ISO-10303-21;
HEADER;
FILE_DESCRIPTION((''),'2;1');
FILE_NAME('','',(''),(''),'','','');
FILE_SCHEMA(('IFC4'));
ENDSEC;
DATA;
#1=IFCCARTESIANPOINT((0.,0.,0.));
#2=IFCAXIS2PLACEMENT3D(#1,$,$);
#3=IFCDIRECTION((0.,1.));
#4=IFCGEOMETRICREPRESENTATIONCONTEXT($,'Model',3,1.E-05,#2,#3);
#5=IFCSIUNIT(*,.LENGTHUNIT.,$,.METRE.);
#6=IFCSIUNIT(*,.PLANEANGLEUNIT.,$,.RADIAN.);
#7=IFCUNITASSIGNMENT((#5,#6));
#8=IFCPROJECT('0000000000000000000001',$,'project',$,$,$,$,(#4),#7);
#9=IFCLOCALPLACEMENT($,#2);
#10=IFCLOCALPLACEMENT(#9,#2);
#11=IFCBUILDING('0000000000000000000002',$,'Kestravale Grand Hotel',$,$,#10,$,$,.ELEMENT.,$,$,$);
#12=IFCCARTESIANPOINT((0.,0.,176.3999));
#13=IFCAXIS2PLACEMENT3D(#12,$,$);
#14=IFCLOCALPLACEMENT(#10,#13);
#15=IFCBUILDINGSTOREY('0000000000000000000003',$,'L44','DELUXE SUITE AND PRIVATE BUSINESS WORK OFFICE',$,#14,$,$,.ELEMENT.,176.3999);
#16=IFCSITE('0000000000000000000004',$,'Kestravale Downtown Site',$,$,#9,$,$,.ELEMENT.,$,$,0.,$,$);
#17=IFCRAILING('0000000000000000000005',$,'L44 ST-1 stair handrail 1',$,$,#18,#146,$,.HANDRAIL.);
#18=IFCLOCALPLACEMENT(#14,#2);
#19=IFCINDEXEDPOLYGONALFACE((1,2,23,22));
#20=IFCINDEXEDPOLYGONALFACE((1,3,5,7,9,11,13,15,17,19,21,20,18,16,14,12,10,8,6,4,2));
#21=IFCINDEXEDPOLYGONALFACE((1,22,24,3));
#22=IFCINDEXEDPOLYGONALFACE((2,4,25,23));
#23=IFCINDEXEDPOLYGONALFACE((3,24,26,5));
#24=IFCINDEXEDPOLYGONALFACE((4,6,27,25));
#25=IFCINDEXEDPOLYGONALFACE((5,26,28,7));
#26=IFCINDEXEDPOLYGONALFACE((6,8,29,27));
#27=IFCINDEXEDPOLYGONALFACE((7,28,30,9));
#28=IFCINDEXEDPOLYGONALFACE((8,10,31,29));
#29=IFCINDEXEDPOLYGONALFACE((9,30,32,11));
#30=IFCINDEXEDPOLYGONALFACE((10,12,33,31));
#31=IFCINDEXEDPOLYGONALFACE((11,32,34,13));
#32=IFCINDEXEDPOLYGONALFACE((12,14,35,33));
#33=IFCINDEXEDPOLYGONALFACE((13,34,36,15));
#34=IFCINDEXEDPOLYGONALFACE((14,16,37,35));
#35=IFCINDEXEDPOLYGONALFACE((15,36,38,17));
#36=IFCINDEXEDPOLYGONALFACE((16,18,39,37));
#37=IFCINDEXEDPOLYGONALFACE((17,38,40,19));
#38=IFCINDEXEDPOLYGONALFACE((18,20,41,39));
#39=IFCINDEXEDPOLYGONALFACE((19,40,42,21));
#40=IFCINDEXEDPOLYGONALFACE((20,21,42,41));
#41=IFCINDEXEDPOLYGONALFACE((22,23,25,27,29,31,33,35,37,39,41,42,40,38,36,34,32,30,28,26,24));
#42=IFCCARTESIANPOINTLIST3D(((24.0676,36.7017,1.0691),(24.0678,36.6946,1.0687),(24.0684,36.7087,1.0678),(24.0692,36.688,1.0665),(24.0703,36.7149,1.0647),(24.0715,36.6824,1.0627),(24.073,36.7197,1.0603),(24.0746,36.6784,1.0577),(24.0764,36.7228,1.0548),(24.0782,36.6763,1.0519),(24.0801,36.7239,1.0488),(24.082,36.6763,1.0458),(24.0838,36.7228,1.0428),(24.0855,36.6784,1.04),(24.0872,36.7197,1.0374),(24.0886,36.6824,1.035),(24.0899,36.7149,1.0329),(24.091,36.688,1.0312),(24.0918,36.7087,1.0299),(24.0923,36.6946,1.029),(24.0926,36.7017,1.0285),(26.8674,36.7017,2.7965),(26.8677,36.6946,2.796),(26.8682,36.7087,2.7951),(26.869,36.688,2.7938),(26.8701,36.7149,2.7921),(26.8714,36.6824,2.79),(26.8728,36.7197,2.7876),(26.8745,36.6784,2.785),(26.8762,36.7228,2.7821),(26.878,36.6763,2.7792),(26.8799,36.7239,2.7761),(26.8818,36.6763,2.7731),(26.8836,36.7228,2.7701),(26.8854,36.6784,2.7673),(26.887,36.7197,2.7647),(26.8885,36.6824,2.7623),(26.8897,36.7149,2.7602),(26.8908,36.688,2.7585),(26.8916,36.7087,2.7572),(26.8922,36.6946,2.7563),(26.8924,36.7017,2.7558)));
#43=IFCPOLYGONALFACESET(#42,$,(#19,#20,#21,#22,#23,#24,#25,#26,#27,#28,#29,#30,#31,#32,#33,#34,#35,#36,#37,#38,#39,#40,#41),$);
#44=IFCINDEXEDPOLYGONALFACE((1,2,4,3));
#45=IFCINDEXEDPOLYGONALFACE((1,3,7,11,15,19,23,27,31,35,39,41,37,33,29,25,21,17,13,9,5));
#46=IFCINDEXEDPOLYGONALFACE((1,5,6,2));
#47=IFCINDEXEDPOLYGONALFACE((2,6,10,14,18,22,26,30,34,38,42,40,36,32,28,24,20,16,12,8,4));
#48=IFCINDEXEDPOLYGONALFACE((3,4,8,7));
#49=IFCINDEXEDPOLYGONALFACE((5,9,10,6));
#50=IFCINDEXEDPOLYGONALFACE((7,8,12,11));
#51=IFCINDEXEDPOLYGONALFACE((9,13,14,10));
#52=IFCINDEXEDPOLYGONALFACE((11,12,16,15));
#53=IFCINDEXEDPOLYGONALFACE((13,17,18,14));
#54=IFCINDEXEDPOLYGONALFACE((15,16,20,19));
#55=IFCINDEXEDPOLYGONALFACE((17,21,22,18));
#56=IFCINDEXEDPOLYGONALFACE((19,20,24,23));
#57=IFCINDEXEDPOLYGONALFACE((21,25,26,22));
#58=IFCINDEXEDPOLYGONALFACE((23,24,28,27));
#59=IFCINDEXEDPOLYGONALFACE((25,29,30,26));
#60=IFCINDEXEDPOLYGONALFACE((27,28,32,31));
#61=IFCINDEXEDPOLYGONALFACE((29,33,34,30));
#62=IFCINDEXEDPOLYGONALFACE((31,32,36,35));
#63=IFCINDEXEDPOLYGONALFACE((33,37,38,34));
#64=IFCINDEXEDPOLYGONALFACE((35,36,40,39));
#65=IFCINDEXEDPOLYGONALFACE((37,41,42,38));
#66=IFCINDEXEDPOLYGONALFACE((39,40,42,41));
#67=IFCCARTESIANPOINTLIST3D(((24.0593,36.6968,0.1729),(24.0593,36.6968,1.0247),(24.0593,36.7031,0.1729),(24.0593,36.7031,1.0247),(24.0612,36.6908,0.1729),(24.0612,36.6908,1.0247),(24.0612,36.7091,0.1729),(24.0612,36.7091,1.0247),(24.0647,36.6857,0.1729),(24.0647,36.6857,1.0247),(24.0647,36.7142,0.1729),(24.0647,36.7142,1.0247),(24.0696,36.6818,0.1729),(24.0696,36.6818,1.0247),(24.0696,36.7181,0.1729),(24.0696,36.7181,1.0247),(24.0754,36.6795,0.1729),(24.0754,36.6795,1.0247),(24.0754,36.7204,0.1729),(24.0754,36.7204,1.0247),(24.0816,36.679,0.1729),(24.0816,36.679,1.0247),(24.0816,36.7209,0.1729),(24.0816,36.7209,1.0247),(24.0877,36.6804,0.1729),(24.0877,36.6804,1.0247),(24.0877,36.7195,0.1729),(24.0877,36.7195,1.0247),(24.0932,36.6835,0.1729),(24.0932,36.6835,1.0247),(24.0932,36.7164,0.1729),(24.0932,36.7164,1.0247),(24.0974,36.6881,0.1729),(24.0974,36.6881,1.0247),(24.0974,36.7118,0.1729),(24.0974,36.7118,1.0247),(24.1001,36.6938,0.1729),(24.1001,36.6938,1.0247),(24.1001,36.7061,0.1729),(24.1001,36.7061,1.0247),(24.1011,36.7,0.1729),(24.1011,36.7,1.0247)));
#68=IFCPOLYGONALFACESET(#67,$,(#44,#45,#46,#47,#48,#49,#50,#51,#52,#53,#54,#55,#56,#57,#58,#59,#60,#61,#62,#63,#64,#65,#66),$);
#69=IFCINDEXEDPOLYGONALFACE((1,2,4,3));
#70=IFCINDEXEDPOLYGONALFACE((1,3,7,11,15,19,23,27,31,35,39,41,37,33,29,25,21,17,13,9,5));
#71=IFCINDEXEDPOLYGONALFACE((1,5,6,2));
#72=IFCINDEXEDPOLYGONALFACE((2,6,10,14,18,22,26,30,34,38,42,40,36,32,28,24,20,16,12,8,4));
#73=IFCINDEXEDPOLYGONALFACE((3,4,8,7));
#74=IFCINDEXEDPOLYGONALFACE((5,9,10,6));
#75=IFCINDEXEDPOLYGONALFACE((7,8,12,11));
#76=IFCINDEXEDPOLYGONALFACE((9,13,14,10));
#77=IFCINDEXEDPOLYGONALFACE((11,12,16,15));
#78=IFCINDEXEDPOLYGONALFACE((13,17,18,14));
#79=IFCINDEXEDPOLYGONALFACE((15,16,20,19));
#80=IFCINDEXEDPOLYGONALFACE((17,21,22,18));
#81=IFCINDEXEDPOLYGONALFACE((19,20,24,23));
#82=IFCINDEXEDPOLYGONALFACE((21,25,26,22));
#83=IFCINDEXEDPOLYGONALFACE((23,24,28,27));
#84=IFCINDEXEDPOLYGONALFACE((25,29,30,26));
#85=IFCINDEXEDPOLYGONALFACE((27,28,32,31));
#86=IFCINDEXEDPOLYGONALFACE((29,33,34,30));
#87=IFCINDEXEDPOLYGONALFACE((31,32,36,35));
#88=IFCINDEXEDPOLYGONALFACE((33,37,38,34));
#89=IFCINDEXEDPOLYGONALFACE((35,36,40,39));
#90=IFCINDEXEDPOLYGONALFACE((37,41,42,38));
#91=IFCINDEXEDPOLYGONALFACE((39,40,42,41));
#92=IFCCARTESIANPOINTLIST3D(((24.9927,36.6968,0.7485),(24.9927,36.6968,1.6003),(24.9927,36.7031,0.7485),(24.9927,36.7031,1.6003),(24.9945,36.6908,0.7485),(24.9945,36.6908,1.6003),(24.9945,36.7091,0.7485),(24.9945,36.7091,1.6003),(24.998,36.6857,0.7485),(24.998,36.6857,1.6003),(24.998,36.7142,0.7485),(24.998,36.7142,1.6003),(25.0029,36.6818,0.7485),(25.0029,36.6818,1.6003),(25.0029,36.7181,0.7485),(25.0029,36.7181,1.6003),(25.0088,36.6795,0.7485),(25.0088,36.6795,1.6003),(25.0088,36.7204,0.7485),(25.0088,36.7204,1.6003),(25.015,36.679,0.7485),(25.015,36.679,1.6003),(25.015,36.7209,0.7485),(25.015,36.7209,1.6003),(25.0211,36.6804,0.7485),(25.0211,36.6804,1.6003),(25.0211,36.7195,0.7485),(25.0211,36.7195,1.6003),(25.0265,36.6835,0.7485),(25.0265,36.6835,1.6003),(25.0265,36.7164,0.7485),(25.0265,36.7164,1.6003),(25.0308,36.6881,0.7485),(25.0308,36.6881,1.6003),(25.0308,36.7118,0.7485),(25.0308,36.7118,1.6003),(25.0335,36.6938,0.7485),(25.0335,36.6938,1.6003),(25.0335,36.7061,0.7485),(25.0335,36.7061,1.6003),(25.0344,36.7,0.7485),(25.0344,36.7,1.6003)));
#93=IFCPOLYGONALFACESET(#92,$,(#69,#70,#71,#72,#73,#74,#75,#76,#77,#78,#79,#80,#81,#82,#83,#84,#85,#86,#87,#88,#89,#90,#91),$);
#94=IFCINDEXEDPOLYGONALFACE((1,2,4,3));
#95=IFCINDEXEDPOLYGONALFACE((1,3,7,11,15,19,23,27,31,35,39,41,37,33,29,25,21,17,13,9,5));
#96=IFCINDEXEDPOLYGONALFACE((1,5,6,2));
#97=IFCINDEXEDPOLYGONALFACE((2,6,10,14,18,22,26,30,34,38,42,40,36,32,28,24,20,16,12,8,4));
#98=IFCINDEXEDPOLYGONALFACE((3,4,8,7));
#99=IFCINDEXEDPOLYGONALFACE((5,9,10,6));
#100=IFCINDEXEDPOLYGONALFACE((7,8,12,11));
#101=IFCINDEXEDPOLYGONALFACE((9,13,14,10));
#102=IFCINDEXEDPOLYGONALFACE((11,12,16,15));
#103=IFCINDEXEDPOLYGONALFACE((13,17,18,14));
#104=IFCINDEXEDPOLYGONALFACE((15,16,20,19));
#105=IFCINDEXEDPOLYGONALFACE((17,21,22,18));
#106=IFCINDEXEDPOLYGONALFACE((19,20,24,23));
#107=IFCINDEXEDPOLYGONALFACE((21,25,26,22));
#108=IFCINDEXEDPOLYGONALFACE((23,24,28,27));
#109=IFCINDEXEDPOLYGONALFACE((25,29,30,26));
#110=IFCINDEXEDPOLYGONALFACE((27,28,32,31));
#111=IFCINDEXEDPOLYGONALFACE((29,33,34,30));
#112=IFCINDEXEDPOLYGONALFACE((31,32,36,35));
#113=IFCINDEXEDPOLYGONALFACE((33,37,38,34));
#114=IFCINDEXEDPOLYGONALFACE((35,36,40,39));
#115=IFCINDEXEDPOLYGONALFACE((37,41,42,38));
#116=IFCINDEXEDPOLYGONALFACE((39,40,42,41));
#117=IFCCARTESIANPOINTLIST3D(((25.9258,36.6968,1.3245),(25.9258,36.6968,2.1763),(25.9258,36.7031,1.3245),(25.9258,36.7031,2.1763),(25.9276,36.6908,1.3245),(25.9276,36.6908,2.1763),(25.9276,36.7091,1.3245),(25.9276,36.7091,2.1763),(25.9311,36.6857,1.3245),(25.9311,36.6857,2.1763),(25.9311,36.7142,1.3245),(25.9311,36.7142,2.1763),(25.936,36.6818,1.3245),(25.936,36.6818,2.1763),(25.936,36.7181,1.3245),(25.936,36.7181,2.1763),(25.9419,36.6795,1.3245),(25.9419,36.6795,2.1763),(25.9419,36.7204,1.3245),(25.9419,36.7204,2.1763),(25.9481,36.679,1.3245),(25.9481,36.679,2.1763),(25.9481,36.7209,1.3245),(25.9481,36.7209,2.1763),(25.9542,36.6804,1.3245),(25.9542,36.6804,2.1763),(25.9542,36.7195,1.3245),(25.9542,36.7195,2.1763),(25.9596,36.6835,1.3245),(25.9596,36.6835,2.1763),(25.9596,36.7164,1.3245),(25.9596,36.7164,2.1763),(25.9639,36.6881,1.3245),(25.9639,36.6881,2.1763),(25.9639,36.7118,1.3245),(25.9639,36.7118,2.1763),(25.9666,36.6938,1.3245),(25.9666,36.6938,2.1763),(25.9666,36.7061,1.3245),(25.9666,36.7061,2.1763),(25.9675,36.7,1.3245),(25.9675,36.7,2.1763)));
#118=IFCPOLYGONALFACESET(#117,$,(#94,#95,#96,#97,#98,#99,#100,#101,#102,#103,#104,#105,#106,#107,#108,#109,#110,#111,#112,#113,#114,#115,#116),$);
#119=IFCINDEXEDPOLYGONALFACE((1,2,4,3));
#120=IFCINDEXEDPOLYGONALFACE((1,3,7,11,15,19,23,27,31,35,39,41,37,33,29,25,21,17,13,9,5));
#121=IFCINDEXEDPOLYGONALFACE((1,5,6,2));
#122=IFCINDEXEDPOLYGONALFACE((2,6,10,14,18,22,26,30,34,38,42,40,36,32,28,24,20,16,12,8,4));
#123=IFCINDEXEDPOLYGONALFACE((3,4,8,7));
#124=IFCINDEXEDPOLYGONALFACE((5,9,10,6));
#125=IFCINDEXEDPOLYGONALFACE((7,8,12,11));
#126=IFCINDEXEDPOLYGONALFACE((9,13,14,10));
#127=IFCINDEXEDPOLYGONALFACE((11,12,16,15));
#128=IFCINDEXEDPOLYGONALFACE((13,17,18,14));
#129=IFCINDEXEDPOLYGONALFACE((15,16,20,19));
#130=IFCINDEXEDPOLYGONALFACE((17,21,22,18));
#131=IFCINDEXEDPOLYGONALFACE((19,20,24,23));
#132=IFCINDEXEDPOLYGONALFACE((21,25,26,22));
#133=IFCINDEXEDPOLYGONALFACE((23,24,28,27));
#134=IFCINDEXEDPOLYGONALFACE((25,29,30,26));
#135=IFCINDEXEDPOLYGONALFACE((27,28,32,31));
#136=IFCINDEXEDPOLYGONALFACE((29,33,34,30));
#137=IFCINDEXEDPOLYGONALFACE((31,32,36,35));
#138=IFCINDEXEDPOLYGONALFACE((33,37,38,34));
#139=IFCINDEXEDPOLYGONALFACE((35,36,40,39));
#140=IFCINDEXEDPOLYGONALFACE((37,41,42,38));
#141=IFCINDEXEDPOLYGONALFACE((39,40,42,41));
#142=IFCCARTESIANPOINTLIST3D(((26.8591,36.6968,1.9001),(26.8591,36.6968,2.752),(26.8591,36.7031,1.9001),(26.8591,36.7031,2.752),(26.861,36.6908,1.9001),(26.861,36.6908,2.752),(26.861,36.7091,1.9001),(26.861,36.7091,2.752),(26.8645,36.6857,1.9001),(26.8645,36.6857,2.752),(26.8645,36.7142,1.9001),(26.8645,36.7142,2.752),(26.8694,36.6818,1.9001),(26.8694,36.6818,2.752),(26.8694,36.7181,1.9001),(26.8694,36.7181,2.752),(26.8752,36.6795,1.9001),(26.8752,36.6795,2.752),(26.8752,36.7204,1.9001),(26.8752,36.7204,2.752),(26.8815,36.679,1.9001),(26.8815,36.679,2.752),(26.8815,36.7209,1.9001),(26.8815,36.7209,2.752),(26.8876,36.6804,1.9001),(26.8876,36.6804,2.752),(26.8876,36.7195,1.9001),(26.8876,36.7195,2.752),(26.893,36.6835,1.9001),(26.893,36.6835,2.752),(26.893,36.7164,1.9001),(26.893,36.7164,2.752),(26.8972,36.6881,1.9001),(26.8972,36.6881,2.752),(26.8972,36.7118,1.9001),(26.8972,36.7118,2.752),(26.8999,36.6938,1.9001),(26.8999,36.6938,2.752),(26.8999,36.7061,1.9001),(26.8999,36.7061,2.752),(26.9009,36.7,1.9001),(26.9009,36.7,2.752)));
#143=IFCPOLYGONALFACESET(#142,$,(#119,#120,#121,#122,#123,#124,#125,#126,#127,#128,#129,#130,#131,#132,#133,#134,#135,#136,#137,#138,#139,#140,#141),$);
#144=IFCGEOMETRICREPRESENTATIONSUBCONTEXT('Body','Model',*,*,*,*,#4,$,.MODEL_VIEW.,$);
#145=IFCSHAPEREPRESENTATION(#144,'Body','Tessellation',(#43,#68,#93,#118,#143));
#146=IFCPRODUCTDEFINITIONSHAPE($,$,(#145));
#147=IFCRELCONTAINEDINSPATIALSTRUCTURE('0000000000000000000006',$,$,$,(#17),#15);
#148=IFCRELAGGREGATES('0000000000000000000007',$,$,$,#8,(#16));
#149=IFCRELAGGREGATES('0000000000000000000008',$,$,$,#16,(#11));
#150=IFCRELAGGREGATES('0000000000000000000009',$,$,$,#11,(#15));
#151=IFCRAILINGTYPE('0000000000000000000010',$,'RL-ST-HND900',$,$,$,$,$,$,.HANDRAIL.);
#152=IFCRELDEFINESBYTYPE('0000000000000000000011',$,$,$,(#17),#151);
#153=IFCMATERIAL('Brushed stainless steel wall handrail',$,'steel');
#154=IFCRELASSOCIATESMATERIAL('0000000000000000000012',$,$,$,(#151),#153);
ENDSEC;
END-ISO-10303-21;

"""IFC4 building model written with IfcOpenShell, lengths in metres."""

from ifc_helpers import new_model, si_unit, direction, frame, origin, origin_2d, place, context, subcontext, project, spatial, circle, extrude, material, type_object, element, save


model = new_model("IFC4")

# Units and contexts
model_context = context("Model", 3, precision=1e-05, world=origin(), true_north=direction((0.0, 1.0)))
body_context = subcontext(model_context, "Body", "Model", "MODEL_VIEW")
ifc_project = project(units=[si_unit("LENGTHUNIT", "METRE"), si_unit("PLANEANGLEUNIT", "RADIAN")], contexts=[model_context])

# Site, building, storey
site_placement = place(None, origin())
site = spatial("IfcSite", under=ifc_project, at=site_placement, Name="Kestravale Downtown Site", CompositionType="ELEMENT", RefElevation=0.0)
building_placement = place(site_placement, origin())
building = spatial("IfcBuilding", under=site, at=building_placement, Name="Kestravale Grand Hotel", CompositionType="ELEMENT")
storey_placement = place(building_placement, frame((0.0, 0.0, 176.3999)))
storey = spatial("IfcBuildingStorey", under=building, at=storey_placement, Name="L44", Description="DELUXE SUITE AND PRIVATE BUSINESS WORK OFFICE", CompositionType="ELEMENT", Elevation=176.3999)

# Railing
ifc_material_1 = material(Name="Brushed stainless steel wall handrail", Category="steel")
railing_type_1 = type_object("IfcRailingType", Name="RL-ST-HND900", PredefinedType="HANDRAIL", material=ifc_material_1)
railing_1_placement = place(storey_placement, frame((24.0801, 36.7, 0.1729)))
element("IfcRailing", 1, at=railing_1_placement, inside=storey, type_object=railing_type_1, Name="L44 ST-1 stair handrail 1", PredefinedType="HANDRAIL", context=body_context, shape_type="SweptSolid", body=[
    extrude(circle(Radius=0.0239, at=origin_2d()), frame((0.0, 0.0, 0.876), z_axis=(0.851069, 0.0, 0.525054), x_axis=(0.0, 1.0, 0.0)), (0.0, 0.0, 1.0), 3.2898),
    extrude(circle(Radius=0.021, at=origin_2d()), origin(), (0.0, 0.0, 1.0), 0.8518),
    extrude(circle(Radius=0.021, at=origin_2d()), frame((0.9333, 0.0, 0.5757)), (0.0, 0.0, 1.0), 0.8518),
    extrude(circle(Radius=0.021, at=origin_2d()), frame((1.8665, 0.0, 1.1516)), (0.0, 0.0, 1.0), 0.8518),
    extrude(circle(Radius=0.021, at=origin_2d()), frame((2.7998, 0.0, 1.7273)), (0.0, 0.0, 1.0), 0.8518),
])

save(model, "model.ifc")
